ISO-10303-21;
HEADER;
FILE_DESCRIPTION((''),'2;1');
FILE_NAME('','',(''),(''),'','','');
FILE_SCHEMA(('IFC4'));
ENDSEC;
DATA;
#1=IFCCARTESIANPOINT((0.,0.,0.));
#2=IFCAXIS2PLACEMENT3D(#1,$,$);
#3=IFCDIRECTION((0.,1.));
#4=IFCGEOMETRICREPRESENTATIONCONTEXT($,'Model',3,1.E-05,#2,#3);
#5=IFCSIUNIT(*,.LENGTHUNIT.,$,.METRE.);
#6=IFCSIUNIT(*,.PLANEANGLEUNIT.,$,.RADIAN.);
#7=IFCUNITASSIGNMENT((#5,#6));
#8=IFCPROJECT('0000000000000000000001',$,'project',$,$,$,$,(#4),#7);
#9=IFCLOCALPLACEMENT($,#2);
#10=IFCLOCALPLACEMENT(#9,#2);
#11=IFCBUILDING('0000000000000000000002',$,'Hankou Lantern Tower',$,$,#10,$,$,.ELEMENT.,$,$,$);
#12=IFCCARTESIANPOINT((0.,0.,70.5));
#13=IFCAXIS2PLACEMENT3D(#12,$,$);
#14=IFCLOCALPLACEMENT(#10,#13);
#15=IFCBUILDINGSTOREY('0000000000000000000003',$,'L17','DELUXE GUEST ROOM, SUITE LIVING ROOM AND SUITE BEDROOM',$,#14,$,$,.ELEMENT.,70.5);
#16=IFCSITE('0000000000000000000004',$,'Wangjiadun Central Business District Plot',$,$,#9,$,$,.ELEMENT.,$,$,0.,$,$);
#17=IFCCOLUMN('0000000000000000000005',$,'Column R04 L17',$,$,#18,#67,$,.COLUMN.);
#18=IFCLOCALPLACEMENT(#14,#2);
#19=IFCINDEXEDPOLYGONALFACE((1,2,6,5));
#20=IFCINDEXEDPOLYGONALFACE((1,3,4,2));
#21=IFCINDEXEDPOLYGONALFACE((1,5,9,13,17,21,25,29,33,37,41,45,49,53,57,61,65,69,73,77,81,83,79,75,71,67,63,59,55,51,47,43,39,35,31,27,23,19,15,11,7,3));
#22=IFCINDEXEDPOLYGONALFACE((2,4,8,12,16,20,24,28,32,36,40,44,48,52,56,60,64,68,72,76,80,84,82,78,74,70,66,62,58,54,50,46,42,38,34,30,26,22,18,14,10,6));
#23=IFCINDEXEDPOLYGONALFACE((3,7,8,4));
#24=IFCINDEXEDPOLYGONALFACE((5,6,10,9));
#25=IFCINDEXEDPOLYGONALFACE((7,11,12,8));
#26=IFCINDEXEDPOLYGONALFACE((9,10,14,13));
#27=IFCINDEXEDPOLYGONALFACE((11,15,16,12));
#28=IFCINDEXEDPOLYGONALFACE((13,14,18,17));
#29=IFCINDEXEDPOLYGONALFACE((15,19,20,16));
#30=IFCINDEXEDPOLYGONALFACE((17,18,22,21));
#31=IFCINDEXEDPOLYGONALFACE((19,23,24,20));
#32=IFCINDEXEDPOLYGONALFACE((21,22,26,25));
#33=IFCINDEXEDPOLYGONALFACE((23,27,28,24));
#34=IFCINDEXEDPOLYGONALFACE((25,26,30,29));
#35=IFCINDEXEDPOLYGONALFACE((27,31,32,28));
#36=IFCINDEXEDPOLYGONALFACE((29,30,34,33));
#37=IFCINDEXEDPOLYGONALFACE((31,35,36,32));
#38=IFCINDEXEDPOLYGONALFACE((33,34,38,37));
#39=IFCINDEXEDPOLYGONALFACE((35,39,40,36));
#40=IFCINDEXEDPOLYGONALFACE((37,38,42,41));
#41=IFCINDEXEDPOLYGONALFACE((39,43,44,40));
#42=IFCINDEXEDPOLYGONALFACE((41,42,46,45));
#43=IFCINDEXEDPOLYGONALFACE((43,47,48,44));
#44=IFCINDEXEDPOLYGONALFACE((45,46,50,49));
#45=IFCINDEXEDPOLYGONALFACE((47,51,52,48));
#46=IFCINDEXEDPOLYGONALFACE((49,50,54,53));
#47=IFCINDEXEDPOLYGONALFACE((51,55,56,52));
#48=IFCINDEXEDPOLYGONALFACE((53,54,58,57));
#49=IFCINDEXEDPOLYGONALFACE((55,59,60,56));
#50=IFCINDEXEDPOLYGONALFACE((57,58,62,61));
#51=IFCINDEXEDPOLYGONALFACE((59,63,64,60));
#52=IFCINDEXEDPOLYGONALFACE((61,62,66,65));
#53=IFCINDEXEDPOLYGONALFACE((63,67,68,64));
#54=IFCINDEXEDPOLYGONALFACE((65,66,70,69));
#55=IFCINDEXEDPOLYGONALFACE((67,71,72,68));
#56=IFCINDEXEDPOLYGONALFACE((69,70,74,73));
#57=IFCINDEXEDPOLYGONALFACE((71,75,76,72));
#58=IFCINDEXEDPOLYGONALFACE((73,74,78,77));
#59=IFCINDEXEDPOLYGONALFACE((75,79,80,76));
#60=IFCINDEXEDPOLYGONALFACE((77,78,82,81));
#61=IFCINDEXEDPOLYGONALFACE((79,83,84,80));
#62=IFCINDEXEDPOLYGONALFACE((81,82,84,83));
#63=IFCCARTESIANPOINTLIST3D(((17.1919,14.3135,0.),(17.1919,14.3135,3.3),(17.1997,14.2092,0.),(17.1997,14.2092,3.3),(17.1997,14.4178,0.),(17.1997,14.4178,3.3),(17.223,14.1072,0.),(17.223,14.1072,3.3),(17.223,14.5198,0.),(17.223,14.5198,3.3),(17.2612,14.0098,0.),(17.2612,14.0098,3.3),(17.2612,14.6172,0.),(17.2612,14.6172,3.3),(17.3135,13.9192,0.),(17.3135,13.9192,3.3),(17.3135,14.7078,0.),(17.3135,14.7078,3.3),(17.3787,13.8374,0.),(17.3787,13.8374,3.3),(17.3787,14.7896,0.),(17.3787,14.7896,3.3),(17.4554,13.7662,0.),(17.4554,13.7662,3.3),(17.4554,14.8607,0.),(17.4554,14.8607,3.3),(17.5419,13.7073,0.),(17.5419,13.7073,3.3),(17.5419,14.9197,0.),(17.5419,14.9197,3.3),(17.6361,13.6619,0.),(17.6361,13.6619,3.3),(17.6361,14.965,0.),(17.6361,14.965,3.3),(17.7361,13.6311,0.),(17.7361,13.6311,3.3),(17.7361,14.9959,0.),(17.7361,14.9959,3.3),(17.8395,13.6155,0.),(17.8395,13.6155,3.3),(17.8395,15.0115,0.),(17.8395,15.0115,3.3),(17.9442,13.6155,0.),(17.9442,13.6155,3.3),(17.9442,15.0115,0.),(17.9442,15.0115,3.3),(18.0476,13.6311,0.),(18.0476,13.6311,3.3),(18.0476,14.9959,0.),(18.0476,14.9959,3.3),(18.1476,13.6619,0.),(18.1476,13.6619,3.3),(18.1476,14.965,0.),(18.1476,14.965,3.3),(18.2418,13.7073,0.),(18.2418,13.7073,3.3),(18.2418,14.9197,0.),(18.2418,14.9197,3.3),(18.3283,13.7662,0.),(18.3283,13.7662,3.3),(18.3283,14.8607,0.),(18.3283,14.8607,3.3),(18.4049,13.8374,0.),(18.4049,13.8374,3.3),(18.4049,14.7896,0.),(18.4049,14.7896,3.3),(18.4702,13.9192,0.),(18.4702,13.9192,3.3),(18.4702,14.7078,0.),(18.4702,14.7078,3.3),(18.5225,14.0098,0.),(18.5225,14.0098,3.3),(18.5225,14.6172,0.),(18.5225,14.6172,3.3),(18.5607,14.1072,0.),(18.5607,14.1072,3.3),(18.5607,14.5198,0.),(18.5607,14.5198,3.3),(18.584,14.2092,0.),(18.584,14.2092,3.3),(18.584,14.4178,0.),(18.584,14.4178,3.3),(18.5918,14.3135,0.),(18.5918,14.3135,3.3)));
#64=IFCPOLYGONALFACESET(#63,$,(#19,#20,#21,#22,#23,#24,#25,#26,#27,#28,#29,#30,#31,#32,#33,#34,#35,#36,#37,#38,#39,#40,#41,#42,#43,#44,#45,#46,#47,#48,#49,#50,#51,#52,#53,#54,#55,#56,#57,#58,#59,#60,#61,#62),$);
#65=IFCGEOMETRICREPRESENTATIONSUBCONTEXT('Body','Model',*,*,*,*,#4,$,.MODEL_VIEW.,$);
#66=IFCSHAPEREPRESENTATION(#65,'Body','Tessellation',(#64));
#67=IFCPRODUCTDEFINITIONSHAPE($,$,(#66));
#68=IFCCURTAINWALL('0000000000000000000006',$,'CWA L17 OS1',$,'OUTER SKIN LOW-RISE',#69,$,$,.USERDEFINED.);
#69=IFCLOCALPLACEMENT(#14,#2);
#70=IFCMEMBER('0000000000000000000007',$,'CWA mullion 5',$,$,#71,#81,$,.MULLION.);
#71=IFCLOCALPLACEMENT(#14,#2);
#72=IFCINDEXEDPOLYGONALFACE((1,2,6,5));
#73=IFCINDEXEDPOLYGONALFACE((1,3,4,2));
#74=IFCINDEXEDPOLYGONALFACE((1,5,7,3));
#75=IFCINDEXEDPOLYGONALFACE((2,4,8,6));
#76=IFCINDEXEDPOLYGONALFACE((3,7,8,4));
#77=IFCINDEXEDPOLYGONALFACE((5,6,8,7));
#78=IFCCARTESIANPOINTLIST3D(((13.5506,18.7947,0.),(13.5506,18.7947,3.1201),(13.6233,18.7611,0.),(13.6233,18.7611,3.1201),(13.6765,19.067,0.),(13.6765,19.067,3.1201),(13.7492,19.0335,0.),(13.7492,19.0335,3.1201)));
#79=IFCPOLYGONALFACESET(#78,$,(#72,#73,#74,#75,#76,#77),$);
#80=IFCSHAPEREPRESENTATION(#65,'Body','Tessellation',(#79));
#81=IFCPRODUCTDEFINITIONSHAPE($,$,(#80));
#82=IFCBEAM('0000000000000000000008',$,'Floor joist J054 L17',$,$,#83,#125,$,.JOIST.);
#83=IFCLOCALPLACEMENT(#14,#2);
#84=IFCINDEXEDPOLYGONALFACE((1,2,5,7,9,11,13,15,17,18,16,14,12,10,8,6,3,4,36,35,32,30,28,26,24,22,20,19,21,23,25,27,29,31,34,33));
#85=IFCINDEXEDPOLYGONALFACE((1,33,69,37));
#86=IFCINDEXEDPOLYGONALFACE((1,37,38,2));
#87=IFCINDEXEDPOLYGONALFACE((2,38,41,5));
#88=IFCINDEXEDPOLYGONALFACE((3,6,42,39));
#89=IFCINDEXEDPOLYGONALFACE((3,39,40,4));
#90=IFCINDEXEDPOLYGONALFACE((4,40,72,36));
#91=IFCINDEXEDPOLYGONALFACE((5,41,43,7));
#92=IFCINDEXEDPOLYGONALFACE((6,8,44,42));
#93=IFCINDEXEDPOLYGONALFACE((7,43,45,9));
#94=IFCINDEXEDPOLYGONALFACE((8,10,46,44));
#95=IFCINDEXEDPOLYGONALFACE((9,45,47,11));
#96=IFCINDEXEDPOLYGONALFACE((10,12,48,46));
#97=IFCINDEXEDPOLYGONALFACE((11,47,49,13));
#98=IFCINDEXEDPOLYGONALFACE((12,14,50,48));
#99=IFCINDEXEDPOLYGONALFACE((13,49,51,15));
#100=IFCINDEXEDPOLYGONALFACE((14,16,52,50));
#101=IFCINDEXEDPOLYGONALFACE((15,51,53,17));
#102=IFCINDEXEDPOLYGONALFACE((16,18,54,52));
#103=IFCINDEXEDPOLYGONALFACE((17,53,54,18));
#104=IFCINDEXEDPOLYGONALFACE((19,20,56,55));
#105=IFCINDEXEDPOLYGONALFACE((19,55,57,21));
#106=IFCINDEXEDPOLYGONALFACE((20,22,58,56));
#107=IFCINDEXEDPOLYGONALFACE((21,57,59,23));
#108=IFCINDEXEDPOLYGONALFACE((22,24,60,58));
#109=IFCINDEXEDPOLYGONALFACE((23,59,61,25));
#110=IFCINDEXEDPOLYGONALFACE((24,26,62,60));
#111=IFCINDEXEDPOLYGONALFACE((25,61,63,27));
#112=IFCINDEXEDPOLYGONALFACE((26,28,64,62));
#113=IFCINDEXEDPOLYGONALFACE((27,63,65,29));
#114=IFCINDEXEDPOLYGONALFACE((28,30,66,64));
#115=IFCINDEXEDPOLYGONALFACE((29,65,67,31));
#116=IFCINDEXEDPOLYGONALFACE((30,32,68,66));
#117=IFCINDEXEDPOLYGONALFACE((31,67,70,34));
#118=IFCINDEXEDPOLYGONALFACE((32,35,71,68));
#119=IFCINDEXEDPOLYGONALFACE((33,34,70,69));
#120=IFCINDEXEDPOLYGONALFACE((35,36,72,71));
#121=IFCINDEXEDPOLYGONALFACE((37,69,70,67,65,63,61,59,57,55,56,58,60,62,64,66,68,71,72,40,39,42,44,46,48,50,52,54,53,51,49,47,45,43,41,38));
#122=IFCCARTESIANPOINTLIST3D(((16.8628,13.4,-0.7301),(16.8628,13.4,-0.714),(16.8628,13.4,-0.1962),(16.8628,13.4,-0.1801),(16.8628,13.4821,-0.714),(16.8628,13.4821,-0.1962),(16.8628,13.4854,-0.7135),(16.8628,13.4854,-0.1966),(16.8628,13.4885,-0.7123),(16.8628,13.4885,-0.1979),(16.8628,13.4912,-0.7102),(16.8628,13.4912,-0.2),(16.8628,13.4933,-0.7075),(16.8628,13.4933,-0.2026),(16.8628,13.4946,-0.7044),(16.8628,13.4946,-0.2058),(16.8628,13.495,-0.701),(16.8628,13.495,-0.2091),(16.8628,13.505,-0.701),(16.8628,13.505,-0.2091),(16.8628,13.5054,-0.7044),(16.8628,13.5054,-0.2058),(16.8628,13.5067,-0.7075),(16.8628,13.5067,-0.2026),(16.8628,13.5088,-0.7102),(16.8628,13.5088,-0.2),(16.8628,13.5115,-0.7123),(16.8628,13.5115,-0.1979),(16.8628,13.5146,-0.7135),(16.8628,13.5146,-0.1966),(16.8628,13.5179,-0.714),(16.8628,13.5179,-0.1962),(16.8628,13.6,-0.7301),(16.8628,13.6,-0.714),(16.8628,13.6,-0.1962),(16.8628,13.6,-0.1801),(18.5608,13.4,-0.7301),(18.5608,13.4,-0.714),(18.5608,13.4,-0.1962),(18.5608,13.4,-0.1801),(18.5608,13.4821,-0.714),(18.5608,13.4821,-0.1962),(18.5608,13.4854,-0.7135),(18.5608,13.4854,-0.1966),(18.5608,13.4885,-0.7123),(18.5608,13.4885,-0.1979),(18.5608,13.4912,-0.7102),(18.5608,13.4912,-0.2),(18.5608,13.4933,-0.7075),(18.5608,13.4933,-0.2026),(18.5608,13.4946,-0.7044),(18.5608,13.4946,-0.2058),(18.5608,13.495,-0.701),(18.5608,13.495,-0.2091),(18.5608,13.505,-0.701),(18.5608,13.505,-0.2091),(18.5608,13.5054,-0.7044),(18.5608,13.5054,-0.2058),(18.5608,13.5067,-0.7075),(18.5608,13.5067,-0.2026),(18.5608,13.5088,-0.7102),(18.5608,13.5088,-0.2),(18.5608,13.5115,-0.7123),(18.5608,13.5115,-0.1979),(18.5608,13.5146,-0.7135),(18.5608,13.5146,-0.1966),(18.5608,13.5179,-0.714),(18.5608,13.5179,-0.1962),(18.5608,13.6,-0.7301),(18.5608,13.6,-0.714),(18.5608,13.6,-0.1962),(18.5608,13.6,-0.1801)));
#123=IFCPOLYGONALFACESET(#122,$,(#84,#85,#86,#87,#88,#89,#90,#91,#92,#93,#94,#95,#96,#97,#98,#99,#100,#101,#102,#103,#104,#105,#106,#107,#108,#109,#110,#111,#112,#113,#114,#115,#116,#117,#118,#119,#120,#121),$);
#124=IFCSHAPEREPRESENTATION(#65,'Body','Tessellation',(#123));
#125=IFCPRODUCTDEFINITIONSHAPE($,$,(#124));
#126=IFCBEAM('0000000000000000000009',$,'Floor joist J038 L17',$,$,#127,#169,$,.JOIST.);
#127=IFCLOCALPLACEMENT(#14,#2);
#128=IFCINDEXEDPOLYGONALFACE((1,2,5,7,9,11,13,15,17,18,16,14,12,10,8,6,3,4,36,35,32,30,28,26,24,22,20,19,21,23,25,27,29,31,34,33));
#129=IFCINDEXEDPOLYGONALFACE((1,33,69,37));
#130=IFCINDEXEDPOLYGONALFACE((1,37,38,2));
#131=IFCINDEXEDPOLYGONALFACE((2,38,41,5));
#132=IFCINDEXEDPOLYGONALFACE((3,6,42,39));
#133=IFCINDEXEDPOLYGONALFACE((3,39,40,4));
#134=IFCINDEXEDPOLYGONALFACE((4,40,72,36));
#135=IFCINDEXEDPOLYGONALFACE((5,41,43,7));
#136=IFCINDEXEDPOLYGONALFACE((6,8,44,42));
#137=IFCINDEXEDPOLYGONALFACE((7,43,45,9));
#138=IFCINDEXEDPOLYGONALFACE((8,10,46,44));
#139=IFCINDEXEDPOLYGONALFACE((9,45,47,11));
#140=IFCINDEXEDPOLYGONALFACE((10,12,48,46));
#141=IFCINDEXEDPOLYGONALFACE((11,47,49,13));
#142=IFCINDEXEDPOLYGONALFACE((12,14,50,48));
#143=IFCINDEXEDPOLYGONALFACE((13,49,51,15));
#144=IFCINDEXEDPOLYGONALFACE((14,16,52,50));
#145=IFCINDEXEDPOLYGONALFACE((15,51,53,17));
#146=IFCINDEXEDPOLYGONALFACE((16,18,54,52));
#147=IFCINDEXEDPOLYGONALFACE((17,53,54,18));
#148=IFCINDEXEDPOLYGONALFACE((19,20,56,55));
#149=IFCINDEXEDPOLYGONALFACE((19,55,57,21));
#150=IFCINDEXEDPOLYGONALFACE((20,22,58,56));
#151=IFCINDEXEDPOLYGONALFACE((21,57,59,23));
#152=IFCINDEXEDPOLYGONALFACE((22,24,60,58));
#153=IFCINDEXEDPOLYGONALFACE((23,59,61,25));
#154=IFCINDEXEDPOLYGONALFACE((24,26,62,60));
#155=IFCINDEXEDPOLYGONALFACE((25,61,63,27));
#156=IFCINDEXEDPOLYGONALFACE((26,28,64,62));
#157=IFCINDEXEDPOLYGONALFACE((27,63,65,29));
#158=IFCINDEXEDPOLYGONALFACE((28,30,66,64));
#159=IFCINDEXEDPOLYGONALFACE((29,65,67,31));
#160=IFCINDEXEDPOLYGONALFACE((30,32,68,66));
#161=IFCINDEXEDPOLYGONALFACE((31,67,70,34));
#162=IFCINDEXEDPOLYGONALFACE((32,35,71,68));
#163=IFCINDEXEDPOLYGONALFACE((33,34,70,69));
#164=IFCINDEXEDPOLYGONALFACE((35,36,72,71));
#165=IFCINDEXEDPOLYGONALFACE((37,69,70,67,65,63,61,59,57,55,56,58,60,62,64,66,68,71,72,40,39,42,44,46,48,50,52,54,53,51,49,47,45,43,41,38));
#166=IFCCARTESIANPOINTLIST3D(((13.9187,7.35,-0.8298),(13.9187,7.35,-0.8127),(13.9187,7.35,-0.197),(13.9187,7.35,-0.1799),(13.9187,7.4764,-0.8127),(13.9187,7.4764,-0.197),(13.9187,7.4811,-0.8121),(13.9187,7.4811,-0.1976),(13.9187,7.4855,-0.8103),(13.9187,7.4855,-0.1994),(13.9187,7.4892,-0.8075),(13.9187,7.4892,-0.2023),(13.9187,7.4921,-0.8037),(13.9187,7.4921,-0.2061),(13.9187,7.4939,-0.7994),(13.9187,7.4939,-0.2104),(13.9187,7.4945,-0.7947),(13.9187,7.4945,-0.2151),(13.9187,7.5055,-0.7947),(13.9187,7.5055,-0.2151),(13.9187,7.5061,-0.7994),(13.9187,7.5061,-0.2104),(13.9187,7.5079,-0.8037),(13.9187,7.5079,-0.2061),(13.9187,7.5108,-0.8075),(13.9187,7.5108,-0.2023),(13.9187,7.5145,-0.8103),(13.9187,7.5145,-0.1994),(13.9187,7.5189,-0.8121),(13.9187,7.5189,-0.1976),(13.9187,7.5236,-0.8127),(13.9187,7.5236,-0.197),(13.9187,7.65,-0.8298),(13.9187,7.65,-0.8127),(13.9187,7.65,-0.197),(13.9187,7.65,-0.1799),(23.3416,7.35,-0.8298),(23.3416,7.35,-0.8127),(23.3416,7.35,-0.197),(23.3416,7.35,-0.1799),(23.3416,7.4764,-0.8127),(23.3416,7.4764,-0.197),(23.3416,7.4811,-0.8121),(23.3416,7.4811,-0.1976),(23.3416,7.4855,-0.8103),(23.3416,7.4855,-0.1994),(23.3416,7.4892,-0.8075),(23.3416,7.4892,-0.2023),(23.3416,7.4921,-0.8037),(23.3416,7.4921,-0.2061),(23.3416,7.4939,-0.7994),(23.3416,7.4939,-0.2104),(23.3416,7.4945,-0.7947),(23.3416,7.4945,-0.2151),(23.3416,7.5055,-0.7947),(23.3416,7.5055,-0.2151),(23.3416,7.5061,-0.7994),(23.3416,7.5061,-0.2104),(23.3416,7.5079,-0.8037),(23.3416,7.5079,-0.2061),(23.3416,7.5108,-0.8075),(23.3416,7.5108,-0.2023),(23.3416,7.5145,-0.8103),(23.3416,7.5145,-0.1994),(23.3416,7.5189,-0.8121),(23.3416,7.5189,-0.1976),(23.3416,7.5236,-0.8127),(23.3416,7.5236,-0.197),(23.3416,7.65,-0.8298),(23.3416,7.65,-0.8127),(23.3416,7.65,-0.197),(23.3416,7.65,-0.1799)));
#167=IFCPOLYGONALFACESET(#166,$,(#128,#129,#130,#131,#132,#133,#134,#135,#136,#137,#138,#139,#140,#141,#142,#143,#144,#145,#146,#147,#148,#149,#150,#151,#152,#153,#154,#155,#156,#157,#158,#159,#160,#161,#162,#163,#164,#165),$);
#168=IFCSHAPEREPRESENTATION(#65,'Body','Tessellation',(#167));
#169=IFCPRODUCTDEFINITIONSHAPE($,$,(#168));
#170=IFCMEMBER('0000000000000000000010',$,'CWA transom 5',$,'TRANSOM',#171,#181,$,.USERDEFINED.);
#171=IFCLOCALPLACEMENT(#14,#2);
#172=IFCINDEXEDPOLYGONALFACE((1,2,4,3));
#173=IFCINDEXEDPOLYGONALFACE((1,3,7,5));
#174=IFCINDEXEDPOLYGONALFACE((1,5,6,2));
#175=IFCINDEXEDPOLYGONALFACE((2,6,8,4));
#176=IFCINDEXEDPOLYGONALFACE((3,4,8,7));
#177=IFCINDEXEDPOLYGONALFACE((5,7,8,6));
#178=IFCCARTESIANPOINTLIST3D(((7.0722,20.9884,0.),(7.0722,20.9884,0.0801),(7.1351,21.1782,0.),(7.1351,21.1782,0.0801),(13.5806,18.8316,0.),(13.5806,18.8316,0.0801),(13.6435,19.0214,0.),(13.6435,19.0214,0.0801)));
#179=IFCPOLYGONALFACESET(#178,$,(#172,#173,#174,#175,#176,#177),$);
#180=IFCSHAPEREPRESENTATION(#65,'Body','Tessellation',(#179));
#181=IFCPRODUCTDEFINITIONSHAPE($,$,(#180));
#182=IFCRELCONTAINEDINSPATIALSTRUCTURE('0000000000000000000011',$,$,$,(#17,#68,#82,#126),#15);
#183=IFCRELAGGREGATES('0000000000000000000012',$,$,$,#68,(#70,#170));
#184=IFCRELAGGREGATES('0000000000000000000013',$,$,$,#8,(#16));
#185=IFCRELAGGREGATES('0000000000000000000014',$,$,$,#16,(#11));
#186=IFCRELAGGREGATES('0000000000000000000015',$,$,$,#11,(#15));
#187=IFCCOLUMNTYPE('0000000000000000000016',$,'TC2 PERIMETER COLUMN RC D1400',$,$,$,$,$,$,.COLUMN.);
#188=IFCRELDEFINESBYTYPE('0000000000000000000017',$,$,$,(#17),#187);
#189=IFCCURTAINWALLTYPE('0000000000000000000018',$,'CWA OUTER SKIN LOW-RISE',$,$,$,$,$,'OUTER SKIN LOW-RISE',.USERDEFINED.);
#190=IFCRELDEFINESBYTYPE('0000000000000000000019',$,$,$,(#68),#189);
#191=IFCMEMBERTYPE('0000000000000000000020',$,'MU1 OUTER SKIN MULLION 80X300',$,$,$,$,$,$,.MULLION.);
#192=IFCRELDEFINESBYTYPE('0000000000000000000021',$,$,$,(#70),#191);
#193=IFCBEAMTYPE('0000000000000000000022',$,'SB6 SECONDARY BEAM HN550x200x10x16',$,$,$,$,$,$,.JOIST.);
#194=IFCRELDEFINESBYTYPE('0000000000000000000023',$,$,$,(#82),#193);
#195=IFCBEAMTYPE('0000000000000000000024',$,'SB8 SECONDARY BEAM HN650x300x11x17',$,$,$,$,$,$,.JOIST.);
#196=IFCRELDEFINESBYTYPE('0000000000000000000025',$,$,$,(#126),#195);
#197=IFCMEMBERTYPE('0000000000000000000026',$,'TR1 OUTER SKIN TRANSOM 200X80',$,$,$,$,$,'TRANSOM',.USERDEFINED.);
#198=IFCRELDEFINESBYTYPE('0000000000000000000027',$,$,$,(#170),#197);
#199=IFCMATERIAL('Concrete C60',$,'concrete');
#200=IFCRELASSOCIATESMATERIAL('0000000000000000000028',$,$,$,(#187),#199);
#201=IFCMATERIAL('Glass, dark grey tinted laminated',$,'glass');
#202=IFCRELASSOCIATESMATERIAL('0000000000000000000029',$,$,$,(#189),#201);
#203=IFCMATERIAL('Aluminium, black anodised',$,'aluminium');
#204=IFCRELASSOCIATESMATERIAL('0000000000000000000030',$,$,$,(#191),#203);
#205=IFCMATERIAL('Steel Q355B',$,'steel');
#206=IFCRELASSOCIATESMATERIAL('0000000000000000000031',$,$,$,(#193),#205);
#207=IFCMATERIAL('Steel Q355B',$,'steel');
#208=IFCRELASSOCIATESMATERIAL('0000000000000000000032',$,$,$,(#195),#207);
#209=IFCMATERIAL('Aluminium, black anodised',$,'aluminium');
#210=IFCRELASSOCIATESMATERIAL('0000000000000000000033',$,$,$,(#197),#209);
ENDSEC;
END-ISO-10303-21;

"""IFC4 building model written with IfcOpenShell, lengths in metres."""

from ifc_helpers import new_model, si_unit, direction, frame, origin, origin_2d, place, context, subcontext, project, spatial, rectangle, circle, i_section, extrude, material, material_profile, profile_set, type_object, element, aggregate, save


model = new_model("IFC4")

# Units and contexts
model_context = context("Model", 3, precision=1e-05, world=origin(), true_north=direction((0.0, 1.0)))
body_context = subcontext(model_context, "Body", "Model", "MODEL_VIEW")
ifc_project = project(units=[si_unit("LENGTHUNIT", "METRE"), si_unit("PLANEANGLEUNIT", "RADIAN")], contexts=[model_context])

# Site, building, storey
site_placement = place(None, origin())
site = spatial("IfcSite", under=ifc_project, at=site_placement, Name="Wangjiadun Central Business District Plot", CompositionType="ELEMENT", RefElevation=0.0)
building_placement = place(site_placement, origin())
building = spatial("IfcBuilding", under=site, at=building_placement, Name="Hankou Lantern Tower", CompositionType="ELEMENT")
storey_placement = place(building_placement, frame((0.0, 0.0, 70.5)))
storey = spatial("IfcBuildingStorey", under=building, at=storey_placement, Name="L17", Description="DELUXE GUEST ROOM, SUITE LIVING ROOM AND SUITE BEDROOM", CompositionType="ELEMENT", Elevation=70.5)

# Column
ifc_material_1 = material(Name="Concrete C60", Category="concrete")
ifc_material_profile_1 = material_profile(ifc_material_1, circle(Radius=0.7, at=origin_2d()), Name="RC D1400")
ifc_profile_set_1 = profile_set([ifc_material_profile_1], Name="Concrete C60")
column_type = type_object("IfcColumnType", Name="TC2 PERIMETER COLUMN RC D1400", PredefinedType="COLUMN", material=ifc_profile_set_1)
column_placement = place(storey_placement, frame((17.8918, 14.3135, 0.0), z_axis=(0.0, 0.0, 1.0), x_axis=(1.0, 0.0, 0.0)))
element("IfcColumn", 1, at=column_placement, inside=storey, type_object=column_type, Name="Column R04 L17", PredefinedType="COLUMN", context=body_context, shape_type="SweptSolid", body=[
    extrude(circle(Radius=0.7, at=origin_2d()), origin(), (0.0, 0.0, 1.0), 3.3),
])

# Curtain wall, member
ifc_material_2 = material(Name="Glass, dark grey tinted laminated", Category="glass")
curtain_wall_type = type_object("IfcCurtainWallType", Name="CWA OUTER SKIN LOW-RISE", ElementType="OUTER SKIN LOW-RISE", PredefinedType="USERDEFINED", material=ifc_material_2)
curtain_wall_placement = place(storey_placement, origin())
curtain_wall = element("IfcCurtainWall", 2, at=curtain_wall_placement, inside=storey, type_object=curtain_wall_type, Name="CWA L17 OS1", ObjectType="OUTER SKIN LOW-RISE", PredefinedType="USERDEFINED")
ifc_material_3 = material(Name="Aluminium, black anodised", Category="aluminium")
ifc_material_profile_2 = material_profile(ifc_material_3, rectangle(XDim=0.0801, YDim=0.3, at=origin_2d()), Name="MU1 80X300")
ifc_profile_set_2 = profile_set([ifc_material_profile_2], Name="Aluminium, black anodised")
member_type_1 = type_object("IfcMemberType", Name="MU1 OUTER SKIN MULLION 80X300", PredefinedType="MULLION", material=ifc_profile_set_2)
member_1_placement = place(storey_placement, frame((13.6499, 18.9141, 0.0), z_axis=(0.0, 0.0, 1.0), x_axis=(-0.907841, 0.419314, 0.0)))
member_1 = element("IfcMember", 3, at=member_1_placement, type_object=member_type_1, Name="CWA mullion 5", PredefinedType="MULLION", context=body_context, shape_type="SweptSolid", body=[
    extrude(rectangle(XDim=0.0801, YDim=0.3, at=origin_2d()), origin(), (0.0, 0.0, 1.0), 3.1201),
])

# Beams
ifc_material_4 = material(Name="Steel Q355B", Category="steel")
ifc_material_profile_3 = material_profile(ifc_material_4, i_section(OverallWidth=0.2, OverallDepth=0.55, WebThickness=0.01, FlangeThickness=0.0161, FilletRadius=0.0129, at=origin_2d()), Name="HN550x200x10x16")
ifc_profile_set_3 = profile_set([ifc_material_profile_3], Name="Steel Q355B")
beam_type_1 = type_object("IfcBeamType", Name="SB6 SECONDARY BEAM HN550x200x10x16", PredefinedType="JOIST", material=ifc_profile_set_3)
beam_1_placement = place(storey_placement, frame((16.8628, 13.5, -0.4551), z_axis=(1.0, 0.0, 0.0), x_axis=(0.0, 1.0, 0.0)))
element("IfcBeam", 4, at=beam_1_placement, inside=storey, type_object=beam_type_1, Name="Floor joist J054 L17", PredefinedType="JOIST", context=body_context, shape_type="SweptSolid", body=[
    extrude(i_section(OverallWidth=0.2, OverallDepth=0.55, WebThickness=0.01, FlangeThickness=0.0161, FilletRadius=0.0129, at=origin_2d()), origin(), (0.0, 0.0, 1.0), 1.698),
])
ifc_material_5 = material(Name="Steel Q355B", Category="steel")
ifc_material_profile_4 = material_profile(ifc_material_5, i_section(OverallWidth=0.3, OverallDepth=0.6499, WebThickness=0.011, FlangeThickness=0.0171, FilletRadius=0.0181, at=origin_2d()), Name="HN650x300x11x17")
ifc_profile_set_4 = profile_set([ifc_material_profile_4], Name="Steel Q355B")
beam_type_2 = type_object("IfcBeamType", Name="SB8 SECONDARY BEAM HN650x300x11x17", PredefinedType="JOIST", material=ifc_profile_set_4)
beam_2_placement = place(storey_placement, frame((13.9187, 7.5, -0.5049), z_axis=(1.0, 0.0, 0.0), x_axis=(0.0, 1.0, 0.0)))
element("IfcBeam", 5, at=beam_2_placement, inside=storey, type_object=beam_type_2, Name="Floor joist J038 L17", PredefinedType="JOIST", context=body_context, shape_type="SweptSolid", body=[
    extrude(i_section(OverallWidth=0.3, OverallDepth=0.6499, WebThickness=0.011, FlangeThickness=0.0171, FilletRadius=0.0181, at=origin_2d()), origin(), (0.0, 0.0, 1.0), 9.4229),
])

# Member
ifc_material_6 = material(Name="Aluminium, black anodised", Category="aluminium")
ifc_material_profile_5 = material_profile(ifc_material_6, rectangle(XDim=0.2, YDim=0.0801, at=origin_2d()), Name="TR1 200X80")
ifc_profile_set_5 = profile_set([ifc_material_profile_5], Name="Aluminium, black anodised")
member_type_2 = type_object("IfcMemberType", Name="TR1 OUTER SKIN TRANSOM 200X80", ElementType="TRANSOM", PredefinedType="USERDEFINED", material=ifc_profile_set_5)
member_2_placement = place(storey_placement, frame((13.6121, 18.9265, 0.04), z_axis=(-0.949237, 0.314561, 0.0), x_axis=(-0.314561, -0.949237, 0.0)))
member_2 = element("IfcMember", 6, at=member_2_placement, type_object=member_type_2, Name="CWA transom 5", ObjectType="TRANSOM", PredefinedType="USERDEFINED", context=body_context, shape_type="SweptSolid", body=[
    extrude(rectangle(XDim=0.2, YDim=0.0801, at=origin_2d()), origin(), (0.0, 0.0, 1.0), 6.8564),
])

aggregate(curtain_wall, [member_1, member_2])

save(model, "model.ifc")
